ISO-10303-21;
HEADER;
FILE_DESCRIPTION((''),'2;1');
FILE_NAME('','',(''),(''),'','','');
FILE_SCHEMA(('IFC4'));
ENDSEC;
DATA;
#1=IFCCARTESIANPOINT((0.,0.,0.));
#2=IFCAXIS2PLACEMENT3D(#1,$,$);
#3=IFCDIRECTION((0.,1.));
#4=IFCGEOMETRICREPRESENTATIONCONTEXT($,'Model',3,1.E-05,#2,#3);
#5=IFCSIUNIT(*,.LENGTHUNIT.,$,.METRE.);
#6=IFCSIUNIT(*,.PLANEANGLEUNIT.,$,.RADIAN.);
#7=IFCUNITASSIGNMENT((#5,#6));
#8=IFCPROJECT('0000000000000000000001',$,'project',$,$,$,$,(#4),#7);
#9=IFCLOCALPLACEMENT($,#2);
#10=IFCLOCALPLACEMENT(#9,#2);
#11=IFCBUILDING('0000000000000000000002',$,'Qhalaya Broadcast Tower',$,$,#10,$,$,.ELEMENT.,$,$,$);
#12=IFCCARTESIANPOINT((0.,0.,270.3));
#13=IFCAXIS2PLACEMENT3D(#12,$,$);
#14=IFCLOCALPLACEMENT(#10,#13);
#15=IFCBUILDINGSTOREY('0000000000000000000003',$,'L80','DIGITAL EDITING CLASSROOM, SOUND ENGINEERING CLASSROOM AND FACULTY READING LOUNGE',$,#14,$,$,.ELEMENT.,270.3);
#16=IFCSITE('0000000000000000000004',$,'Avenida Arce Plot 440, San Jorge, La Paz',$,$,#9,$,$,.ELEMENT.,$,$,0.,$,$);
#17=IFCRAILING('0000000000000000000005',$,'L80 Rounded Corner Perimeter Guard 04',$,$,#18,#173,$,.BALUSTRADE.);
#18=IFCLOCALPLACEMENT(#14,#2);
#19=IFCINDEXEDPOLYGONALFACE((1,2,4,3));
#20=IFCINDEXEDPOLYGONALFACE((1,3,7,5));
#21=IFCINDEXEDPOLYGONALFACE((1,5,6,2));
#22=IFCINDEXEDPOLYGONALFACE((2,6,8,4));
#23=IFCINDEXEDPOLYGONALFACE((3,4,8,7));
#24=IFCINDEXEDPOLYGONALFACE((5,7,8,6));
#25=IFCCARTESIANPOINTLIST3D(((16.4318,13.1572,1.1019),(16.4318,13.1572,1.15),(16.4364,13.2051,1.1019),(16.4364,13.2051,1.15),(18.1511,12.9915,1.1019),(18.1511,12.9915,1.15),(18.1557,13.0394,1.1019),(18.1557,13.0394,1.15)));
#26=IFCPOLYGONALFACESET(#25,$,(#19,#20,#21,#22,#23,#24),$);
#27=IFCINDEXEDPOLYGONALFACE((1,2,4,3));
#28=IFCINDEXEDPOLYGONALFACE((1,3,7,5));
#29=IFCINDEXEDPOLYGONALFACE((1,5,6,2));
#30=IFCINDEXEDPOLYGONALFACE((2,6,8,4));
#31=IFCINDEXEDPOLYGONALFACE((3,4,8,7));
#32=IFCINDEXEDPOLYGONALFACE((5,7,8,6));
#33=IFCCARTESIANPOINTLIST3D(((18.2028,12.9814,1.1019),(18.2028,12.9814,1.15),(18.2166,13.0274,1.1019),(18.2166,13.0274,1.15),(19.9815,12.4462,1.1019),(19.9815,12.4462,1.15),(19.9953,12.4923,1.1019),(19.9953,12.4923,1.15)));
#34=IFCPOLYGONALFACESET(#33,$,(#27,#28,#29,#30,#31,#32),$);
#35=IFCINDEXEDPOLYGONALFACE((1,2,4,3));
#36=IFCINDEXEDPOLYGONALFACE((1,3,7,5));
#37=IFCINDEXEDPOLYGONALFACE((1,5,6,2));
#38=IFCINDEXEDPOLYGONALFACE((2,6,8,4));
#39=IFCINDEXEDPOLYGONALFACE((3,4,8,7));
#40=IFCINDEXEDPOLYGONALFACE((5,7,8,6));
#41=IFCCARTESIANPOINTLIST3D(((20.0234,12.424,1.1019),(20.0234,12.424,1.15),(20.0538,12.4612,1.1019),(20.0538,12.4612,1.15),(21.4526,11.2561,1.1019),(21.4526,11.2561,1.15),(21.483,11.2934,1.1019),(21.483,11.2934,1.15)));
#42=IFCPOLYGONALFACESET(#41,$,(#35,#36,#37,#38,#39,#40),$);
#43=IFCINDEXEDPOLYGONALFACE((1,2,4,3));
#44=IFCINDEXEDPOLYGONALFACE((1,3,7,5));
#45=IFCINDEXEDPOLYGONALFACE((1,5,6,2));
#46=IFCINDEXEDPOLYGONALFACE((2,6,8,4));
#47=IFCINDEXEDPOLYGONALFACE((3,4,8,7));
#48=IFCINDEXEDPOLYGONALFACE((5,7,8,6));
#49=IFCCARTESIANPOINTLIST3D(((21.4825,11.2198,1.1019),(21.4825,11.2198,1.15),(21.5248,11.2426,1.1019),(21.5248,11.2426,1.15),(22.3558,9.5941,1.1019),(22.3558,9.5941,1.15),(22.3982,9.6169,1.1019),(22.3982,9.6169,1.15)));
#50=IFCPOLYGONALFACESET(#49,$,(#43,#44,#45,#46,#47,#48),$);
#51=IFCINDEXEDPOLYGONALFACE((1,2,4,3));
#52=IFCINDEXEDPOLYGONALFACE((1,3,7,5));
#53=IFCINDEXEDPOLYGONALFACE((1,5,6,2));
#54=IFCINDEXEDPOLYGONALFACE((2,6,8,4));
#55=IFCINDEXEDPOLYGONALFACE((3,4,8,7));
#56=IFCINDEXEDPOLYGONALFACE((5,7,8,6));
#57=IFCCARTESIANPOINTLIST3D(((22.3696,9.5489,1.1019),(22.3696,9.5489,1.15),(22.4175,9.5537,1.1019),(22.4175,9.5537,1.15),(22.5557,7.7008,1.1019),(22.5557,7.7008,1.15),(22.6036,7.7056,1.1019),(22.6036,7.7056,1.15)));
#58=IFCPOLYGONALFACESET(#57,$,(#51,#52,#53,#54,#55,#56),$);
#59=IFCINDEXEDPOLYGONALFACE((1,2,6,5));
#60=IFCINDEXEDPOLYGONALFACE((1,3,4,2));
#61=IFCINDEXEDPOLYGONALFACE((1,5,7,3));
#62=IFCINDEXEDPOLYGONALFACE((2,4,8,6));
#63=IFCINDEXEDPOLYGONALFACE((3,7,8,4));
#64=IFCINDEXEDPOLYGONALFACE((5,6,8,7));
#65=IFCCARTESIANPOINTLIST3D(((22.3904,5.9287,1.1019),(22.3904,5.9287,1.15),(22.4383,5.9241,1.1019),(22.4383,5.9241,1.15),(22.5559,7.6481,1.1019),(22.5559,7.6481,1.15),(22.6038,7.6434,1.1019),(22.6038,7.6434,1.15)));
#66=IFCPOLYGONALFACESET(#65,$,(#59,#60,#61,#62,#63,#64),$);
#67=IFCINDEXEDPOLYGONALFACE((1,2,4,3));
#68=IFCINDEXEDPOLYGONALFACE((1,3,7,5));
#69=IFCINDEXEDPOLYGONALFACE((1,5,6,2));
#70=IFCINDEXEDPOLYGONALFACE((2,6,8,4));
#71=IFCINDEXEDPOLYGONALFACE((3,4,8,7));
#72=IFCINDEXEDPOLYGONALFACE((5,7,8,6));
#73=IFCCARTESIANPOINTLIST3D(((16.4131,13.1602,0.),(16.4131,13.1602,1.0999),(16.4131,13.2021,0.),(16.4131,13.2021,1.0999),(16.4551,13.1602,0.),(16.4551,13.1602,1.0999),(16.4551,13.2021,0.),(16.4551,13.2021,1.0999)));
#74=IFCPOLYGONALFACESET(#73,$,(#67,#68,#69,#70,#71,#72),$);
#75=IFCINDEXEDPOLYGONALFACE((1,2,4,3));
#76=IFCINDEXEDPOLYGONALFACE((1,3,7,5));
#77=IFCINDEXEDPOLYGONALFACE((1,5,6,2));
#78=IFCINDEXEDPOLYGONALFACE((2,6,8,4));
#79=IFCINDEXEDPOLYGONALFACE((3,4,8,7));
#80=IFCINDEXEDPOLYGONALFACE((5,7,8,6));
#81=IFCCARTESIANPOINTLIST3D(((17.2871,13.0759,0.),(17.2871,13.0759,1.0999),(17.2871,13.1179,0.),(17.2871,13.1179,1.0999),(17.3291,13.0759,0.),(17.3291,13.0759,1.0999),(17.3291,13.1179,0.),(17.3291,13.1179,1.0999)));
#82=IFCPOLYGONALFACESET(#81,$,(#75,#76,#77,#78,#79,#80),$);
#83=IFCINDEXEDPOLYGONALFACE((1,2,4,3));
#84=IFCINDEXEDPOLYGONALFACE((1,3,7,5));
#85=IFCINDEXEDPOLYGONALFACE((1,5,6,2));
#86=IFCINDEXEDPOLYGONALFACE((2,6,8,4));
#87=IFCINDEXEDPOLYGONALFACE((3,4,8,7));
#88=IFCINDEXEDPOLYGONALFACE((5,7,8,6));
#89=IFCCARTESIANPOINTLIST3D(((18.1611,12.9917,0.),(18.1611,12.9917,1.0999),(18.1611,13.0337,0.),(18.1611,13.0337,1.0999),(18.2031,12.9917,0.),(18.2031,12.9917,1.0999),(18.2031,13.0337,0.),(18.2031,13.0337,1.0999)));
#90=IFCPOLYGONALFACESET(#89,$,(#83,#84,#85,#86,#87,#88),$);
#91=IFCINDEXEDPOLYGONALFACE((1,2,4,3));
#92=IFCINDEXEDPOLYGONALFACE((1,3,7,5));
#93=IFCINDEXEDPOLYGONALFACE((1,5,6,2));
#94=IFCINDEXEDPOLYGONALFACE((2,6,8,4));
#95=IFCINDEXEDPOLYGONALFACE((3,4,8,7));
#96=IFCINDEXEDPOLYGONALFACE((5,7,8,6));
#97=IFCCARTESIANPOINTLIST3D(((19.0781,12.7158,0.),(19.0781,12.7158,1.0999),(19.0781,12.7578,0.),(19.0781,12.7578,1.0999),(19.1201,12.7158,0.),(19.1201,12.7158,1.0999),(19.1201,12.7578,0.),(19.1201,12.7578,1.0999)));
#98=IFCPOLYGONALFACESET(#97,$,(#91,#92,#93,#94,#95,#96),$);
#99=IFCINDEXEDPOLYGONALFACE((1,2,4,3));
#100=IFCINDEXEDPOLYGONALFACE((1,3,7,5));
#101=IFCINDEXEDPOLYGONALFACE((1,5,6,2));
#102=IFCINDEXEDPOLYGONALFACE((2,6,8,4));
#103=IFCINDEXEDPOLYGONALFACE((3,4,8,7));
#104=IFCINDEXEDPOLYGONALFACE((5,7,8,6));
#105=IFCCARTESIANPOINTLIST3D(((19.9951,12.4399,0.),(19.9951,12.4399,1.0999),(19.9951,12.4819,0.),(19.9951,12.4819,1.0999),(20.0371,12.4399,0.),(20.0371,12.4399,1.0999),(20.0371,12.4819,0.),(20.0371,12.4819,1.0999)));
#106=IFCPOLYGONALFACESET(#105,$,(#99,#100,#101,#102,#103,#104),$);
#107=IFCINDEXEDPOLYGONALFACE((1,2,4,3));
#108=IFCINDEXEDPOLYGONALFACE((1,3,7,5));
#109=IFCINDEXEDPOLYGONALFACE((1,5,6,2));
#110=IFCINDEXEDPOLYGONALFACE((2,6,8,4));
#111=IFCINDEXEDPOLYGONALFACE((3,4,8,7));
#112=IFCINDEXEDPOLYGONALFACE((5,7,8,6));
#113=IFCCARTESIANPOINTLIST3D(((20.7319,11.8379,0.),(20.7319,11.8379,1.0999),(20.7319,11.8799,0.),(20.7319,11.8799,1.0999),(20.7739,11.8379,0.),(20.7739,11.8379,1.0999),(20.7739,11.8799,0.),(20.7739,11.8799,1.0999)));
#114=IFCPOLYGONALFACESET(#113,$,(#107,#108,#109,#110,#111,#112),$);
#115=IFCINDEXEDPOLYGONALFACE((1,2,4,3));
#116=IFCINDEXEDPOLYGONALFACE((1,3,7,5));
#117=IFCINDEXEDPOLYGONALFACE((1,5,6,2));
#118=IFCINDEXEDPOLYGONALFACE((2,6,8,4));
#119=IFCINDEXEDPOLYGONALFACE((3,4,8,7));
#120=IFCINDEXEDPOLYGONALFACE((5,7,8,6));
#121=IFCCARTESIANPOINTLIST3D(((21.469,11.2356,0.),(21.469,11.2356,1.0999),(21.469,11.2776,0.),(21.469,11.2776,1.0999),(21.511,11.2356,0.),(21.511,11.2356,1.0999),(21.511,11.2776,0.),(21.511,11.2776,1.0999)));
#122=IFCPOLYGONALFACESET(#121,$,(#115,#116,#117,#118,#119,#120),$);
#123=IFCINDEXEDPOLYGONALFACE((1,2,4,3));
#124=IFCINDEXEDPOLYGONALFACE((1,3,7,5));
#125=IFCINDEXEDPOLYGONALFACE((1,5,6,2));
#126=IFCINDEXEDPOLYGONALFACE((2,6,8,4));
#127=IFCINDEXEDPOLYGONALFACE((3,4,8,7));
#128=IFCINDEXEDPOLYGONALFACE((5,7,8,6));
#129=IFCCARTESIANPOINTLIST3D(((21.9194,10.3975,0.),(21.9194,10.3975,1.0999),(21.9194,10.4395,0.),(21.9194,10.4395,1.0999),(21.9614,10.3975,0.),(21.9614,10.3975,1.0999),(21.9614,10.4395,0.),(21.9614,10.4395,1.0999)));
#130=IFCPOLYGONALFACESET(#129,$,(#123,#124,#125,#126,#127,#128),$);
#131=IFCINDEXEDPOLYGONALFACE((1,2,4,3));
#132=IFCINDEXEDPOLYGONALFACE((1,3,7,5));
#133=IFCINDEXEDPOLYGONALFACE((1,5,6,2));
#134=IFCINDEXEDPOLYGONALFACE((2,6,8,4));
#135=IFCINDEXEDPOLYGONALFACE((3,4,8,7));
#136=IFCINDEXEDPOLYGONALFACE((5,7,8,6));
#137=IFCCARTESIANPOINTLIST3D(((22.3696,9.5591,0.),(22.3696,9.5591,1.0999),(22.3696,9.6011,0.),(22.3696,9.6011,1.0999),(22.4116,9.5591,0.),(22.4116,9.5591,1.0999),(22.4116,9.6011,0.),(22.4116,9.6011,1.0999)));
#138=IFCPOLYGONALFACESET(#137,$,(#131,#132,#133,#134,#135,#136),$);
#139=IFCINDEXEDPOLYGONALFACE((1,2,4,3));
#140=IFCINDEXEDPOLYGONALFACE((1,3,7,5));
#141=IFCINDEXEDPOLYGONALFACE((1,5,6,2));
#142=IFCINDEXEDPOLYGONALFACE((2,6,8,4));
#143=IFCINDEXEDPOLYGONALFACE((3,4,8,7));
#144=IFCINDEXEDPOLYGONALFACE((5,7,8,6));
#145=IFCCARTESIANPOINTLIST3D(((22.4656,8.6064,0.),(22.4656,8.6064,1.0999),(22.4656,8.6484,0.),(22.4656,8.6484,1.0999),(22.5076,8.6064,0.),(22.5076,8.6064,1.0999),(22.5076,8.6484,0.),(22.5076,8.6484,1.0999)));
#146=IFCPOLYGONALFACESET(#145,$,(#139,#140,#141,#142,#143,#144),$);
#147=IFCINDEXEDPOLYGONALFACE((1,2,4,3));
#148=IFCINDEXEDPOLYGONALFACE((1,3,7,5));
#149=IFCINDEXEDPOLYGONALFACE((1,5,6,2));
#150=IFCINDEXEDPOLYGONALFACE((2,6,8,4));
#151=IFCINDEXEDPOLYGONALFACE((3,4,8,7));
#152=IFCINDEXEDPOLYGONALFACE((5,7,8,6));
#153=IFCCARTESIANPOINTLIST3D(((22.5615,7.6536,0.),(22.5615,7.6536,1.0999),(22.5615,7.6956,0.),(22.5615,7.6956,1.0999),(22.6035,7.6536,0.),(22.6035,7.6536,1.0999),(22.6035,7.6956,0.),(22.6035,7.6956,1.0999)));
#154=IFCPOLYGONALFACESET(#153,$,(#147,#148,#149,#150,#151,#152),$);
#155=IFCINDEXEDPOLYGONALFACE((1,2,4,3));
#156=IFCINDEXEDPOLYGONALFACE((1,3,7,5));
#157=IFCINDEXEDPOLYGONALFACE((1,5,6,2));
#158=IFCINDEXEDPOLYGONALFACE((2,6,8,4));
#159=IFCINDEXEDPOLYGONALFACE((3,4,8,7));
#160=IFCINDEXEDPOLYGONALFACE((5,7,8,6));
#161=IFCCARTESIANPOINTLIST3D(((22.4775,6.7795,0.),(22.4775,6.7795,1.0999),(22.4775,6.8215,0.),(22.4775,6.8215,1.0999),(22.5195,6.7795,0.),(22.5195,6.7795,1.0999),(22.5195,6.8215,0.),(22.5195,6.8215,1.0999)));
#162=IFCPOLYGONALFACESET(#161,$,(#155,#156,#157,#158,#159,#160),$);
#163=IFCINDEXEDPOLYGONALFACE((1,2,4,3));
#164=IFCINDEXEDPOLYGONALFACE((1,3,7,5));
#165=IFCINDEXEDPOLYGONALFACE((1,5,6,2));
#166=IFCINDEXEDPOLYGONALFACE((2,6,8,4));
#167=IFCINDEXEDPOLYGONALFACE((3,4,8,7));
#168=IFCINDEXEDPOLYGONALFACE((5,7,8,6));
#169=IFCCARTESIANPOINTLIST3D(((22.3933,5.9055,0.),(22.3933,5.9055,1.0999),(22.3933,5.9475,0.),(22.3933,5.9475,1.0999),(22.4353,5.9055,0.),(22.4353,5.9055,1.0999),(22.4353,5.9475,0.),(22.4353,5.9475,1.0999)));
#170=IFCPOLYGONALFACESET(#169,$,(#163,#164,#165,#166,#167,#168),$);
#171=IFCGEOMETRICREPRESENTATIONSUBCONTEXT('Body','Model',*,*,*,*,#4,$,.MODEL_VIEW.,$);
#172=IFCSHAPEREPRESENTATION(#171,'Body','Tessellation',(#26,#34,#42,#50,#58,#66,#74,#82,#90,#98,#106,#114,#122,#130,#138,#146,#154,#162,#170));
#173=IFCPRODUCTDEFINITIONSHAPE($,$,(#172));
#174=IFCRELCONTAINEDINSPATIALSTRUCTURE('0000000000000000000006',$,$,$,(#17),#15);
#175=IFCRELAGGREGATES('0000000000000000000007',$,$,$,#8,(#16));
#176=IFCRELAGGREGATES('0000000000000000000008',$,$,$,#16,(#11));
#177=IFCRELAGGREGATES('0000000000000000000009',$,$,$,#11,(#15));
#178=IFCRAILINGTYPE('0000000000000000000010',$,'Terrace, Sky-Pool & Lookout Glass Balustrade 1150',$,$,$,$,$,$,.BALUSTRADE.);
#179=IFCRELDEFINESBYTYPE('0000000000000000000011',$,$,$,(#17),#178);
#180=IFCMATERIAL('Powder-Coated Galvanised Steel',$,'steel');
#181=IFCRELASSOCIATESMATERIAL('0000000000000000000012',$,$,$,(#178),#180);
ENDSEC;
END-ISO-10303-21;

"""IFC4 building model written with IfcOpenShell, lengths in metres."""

from ifc_helpers import new_model, si_unit, direction, frame, origin, origin_2d, place, context, subcontext, project, spatial, rectangle, extrude, material, type_object, element, save


model = new_model("IFC4")

# Units and contexts
model_context = context("Model", 3, precision=1e-05, world=origin(), true_north=direction((0.0, 1.0)))
body_context = subcontext(model_context, "Body", "Model", "MODEL_VIEW")
ifc_project = project(units=[si_unit("LENGTHUNIT", "METRE"), si_unit("PLANEANGLEUNIT", "RADIAN")], contexts=[model_context])

# Site, building, storey
site_placement = place(None, origin())
site = spatial("IfcSite", under=ifc_project, at=site_placement, Name="Avenida Arce Plot 440, San Jorge, La Paz", CompositionType="ELEMENT", RefElevation=0.0)
building_placement = place(site_placement, origin())
building = spatial("IfcBuilding", under=site, at=building_placement, Name="Qhalaya Broadcast Tower", CompositionType="ELEMENT")
storey_placement = place(building_placement, frame((0.0, 0.0, 270.3)))
storey = spatial("IfcBuildingStorey", under=building, at=storey_placement, Name="L80", Description="DIGITAL EDITING CLASSROOM, SOUND ENGINEERING CLASSROOM AND FACULTY READING LOUNGE", CompositionType="ELEMENT", Elevation=270.3)

# Railing
ifc_material_1 = material(Name="Powder-Coated Galvanised Steel", Category="steel")
railing_type = type_object("IfcRailingType", Name="Terrace, Sky-Pool & Lookout Glass Balustrade 1150", PredefinedType="BALUSTRADE", material=ifc_material_1)
railing_placement = place(storey_placement, frame((16.4341, 13.1812, 0.0)))
element("IfcRailing", 1, at=railing_placement, inside=storey, type_object=railing_type, Name="L80 Rounded Corner Perimeter Guard 04", PredefinedType="BALUSTRADE", context=body_context, shape_type="SweptSolid", body=[
    extrude(rectangle(XDim=0.0481, YDim=0.0481, at=origin_2d()), frame((0.0, 0.0, 1.126), z_axis=(0.995389, -0.095924, 0.0), x_axis=(0.095924, 0.995389, 0.0)), (0.0, 0.0, 1.0), 1.7273),
    extrude(rectangle(XDim=0.0481, YDim=0.0481, at=origin_2d()), frame((1.7756, -0.1768, 1.126), z_axis=(0.957601, -0.288096, 0.0), x_axis=(0.288096, 0.957601, 0.0)), (0.0, 0.0, 1.0), 1.8574),
    extrude(rectangle(XDim=0.0481, YDim=0.0481, at=origin_2d()), frame((3.6045, -0.7385, 1.126), z_axis=(0.774357, -0.632749, 0.0), x_axis=(0.632749, 0.774357, 0.0)), (0.0, 0.0, 1.0), 1.8457),
    extrude(rectangle(XDim=0.0481, YDim=0.0481, at=origin_2d()), frame((5.0696, -1.95, 1.126), z_axis=(0.473243, -0.880932, 0.0), x_axis=(0.880932, 0.473243, 0.0)), (0.0, 0.0, 1.0), 1.8455),
    extrude(rectangle(XDim=0.0481, YDim=0.0481, at=origin_2d()), frame((5.9595, -3.6299, 1.126), z_axis=(0.100198, -0.994968, 0.0), x_axis=(0.994968, 0.100198, 0.0)), (0.0, 0.0, 1.0), 1.8574),
    extrude(rectangle(XDim=0.0481, YDim=0.0481, at=origin_2d()), frame((6.1458, -5.5354, 1.126), z_axis=(-0.095787, -0.995402, 0.0), x_axis=(0.995402, -0.095787, 0.0)), (0.0, 0.0, 1.0), 1.7273),
    extrude(rectangle(XDim=0.042, YDim=0.042, at=origin_2d()), origin(), (0.0, 0.0, 1.0), 1.0999),
    extrude(rectangle(XDim=0.042, YDim=0.042, at=origin_2d()), frame((0.874, -0.0842, 0.0)), (0.0, 0.0, 1.0), 1.0999),
    extrude(rectangle(XDim=0.042, YDim=0.042, at=origin_2d()), frame((1.748, -0.1685, 0.0)), (0.0, 0.0, 1.0), 1.0999),
    extrude(rectangle(XDim=0.042, YDim=0.042, at=origin_2d()), frame((2.665, -0.4443, 0.0)), (0.0, 0.0, 1.0), 1.0999),
    extrude(rectangle(XDim=0.042, YDim=0.042, at=origin_2d()), frame((3.582, -0.7202, 0.0)), (0.0, 0.0, 1.0), 1.0999),
    extrude(rectangle(XDim=0.042, YDim=0.042, at=origin_2d()), frame((4.3188, -1.3223, 0.0)), (0.0, 0.0, 1.0), 1.0999),
    extrude(rectangle(XDim=0.042, YDim=0.042, at=origin_2d()), frame((5.0559, -1.9246, 0.0)), (0.0, 0.0, 1.0), 1.0999),
    extrude(rectangle(XDim=0.042, YDim=0.042, at=origin_2d()), frame((5.5063, -2.7627, 0.0)), (0.0, 0.0, 1.0), 1.0999),
    extrude(rectangle(XDim=0.042, YDim=0.042, at=origin_2d()), frame((5.9565, -3.6011, 0.0)), (0.0, 0.0, 1.0), 1.0999),
    extrude(rectangle(XDim=0.042, YDim=0.042, at=origin_2d()), frame((6.0525, -4.5537, 0.0)), (0.0, 0.0, 1.0), 1.0999),
    extrude(rectangle(XDim=0.042, YDim=0.042, at=origin_2d()), frame((6.1484, -5.5066, 0.0)), (0.0, 0.0, 1.0), 1.0999),
    extrude(rectangle(XDim=0.042, YDim=0.042, at=origin_2d()), frame((6.0645, -6.3806, 0.0)), (0.0, 0.0, 1.0), 1.0999),
    extrude(rectangle(XDim=0.042, YDim=0.042, at=origin_2d()), frame((5.9802, -7.2546, 0.0)), (0.0, 0.0, 1.0), 1.0999),
])

save(model, "model.ifc")
